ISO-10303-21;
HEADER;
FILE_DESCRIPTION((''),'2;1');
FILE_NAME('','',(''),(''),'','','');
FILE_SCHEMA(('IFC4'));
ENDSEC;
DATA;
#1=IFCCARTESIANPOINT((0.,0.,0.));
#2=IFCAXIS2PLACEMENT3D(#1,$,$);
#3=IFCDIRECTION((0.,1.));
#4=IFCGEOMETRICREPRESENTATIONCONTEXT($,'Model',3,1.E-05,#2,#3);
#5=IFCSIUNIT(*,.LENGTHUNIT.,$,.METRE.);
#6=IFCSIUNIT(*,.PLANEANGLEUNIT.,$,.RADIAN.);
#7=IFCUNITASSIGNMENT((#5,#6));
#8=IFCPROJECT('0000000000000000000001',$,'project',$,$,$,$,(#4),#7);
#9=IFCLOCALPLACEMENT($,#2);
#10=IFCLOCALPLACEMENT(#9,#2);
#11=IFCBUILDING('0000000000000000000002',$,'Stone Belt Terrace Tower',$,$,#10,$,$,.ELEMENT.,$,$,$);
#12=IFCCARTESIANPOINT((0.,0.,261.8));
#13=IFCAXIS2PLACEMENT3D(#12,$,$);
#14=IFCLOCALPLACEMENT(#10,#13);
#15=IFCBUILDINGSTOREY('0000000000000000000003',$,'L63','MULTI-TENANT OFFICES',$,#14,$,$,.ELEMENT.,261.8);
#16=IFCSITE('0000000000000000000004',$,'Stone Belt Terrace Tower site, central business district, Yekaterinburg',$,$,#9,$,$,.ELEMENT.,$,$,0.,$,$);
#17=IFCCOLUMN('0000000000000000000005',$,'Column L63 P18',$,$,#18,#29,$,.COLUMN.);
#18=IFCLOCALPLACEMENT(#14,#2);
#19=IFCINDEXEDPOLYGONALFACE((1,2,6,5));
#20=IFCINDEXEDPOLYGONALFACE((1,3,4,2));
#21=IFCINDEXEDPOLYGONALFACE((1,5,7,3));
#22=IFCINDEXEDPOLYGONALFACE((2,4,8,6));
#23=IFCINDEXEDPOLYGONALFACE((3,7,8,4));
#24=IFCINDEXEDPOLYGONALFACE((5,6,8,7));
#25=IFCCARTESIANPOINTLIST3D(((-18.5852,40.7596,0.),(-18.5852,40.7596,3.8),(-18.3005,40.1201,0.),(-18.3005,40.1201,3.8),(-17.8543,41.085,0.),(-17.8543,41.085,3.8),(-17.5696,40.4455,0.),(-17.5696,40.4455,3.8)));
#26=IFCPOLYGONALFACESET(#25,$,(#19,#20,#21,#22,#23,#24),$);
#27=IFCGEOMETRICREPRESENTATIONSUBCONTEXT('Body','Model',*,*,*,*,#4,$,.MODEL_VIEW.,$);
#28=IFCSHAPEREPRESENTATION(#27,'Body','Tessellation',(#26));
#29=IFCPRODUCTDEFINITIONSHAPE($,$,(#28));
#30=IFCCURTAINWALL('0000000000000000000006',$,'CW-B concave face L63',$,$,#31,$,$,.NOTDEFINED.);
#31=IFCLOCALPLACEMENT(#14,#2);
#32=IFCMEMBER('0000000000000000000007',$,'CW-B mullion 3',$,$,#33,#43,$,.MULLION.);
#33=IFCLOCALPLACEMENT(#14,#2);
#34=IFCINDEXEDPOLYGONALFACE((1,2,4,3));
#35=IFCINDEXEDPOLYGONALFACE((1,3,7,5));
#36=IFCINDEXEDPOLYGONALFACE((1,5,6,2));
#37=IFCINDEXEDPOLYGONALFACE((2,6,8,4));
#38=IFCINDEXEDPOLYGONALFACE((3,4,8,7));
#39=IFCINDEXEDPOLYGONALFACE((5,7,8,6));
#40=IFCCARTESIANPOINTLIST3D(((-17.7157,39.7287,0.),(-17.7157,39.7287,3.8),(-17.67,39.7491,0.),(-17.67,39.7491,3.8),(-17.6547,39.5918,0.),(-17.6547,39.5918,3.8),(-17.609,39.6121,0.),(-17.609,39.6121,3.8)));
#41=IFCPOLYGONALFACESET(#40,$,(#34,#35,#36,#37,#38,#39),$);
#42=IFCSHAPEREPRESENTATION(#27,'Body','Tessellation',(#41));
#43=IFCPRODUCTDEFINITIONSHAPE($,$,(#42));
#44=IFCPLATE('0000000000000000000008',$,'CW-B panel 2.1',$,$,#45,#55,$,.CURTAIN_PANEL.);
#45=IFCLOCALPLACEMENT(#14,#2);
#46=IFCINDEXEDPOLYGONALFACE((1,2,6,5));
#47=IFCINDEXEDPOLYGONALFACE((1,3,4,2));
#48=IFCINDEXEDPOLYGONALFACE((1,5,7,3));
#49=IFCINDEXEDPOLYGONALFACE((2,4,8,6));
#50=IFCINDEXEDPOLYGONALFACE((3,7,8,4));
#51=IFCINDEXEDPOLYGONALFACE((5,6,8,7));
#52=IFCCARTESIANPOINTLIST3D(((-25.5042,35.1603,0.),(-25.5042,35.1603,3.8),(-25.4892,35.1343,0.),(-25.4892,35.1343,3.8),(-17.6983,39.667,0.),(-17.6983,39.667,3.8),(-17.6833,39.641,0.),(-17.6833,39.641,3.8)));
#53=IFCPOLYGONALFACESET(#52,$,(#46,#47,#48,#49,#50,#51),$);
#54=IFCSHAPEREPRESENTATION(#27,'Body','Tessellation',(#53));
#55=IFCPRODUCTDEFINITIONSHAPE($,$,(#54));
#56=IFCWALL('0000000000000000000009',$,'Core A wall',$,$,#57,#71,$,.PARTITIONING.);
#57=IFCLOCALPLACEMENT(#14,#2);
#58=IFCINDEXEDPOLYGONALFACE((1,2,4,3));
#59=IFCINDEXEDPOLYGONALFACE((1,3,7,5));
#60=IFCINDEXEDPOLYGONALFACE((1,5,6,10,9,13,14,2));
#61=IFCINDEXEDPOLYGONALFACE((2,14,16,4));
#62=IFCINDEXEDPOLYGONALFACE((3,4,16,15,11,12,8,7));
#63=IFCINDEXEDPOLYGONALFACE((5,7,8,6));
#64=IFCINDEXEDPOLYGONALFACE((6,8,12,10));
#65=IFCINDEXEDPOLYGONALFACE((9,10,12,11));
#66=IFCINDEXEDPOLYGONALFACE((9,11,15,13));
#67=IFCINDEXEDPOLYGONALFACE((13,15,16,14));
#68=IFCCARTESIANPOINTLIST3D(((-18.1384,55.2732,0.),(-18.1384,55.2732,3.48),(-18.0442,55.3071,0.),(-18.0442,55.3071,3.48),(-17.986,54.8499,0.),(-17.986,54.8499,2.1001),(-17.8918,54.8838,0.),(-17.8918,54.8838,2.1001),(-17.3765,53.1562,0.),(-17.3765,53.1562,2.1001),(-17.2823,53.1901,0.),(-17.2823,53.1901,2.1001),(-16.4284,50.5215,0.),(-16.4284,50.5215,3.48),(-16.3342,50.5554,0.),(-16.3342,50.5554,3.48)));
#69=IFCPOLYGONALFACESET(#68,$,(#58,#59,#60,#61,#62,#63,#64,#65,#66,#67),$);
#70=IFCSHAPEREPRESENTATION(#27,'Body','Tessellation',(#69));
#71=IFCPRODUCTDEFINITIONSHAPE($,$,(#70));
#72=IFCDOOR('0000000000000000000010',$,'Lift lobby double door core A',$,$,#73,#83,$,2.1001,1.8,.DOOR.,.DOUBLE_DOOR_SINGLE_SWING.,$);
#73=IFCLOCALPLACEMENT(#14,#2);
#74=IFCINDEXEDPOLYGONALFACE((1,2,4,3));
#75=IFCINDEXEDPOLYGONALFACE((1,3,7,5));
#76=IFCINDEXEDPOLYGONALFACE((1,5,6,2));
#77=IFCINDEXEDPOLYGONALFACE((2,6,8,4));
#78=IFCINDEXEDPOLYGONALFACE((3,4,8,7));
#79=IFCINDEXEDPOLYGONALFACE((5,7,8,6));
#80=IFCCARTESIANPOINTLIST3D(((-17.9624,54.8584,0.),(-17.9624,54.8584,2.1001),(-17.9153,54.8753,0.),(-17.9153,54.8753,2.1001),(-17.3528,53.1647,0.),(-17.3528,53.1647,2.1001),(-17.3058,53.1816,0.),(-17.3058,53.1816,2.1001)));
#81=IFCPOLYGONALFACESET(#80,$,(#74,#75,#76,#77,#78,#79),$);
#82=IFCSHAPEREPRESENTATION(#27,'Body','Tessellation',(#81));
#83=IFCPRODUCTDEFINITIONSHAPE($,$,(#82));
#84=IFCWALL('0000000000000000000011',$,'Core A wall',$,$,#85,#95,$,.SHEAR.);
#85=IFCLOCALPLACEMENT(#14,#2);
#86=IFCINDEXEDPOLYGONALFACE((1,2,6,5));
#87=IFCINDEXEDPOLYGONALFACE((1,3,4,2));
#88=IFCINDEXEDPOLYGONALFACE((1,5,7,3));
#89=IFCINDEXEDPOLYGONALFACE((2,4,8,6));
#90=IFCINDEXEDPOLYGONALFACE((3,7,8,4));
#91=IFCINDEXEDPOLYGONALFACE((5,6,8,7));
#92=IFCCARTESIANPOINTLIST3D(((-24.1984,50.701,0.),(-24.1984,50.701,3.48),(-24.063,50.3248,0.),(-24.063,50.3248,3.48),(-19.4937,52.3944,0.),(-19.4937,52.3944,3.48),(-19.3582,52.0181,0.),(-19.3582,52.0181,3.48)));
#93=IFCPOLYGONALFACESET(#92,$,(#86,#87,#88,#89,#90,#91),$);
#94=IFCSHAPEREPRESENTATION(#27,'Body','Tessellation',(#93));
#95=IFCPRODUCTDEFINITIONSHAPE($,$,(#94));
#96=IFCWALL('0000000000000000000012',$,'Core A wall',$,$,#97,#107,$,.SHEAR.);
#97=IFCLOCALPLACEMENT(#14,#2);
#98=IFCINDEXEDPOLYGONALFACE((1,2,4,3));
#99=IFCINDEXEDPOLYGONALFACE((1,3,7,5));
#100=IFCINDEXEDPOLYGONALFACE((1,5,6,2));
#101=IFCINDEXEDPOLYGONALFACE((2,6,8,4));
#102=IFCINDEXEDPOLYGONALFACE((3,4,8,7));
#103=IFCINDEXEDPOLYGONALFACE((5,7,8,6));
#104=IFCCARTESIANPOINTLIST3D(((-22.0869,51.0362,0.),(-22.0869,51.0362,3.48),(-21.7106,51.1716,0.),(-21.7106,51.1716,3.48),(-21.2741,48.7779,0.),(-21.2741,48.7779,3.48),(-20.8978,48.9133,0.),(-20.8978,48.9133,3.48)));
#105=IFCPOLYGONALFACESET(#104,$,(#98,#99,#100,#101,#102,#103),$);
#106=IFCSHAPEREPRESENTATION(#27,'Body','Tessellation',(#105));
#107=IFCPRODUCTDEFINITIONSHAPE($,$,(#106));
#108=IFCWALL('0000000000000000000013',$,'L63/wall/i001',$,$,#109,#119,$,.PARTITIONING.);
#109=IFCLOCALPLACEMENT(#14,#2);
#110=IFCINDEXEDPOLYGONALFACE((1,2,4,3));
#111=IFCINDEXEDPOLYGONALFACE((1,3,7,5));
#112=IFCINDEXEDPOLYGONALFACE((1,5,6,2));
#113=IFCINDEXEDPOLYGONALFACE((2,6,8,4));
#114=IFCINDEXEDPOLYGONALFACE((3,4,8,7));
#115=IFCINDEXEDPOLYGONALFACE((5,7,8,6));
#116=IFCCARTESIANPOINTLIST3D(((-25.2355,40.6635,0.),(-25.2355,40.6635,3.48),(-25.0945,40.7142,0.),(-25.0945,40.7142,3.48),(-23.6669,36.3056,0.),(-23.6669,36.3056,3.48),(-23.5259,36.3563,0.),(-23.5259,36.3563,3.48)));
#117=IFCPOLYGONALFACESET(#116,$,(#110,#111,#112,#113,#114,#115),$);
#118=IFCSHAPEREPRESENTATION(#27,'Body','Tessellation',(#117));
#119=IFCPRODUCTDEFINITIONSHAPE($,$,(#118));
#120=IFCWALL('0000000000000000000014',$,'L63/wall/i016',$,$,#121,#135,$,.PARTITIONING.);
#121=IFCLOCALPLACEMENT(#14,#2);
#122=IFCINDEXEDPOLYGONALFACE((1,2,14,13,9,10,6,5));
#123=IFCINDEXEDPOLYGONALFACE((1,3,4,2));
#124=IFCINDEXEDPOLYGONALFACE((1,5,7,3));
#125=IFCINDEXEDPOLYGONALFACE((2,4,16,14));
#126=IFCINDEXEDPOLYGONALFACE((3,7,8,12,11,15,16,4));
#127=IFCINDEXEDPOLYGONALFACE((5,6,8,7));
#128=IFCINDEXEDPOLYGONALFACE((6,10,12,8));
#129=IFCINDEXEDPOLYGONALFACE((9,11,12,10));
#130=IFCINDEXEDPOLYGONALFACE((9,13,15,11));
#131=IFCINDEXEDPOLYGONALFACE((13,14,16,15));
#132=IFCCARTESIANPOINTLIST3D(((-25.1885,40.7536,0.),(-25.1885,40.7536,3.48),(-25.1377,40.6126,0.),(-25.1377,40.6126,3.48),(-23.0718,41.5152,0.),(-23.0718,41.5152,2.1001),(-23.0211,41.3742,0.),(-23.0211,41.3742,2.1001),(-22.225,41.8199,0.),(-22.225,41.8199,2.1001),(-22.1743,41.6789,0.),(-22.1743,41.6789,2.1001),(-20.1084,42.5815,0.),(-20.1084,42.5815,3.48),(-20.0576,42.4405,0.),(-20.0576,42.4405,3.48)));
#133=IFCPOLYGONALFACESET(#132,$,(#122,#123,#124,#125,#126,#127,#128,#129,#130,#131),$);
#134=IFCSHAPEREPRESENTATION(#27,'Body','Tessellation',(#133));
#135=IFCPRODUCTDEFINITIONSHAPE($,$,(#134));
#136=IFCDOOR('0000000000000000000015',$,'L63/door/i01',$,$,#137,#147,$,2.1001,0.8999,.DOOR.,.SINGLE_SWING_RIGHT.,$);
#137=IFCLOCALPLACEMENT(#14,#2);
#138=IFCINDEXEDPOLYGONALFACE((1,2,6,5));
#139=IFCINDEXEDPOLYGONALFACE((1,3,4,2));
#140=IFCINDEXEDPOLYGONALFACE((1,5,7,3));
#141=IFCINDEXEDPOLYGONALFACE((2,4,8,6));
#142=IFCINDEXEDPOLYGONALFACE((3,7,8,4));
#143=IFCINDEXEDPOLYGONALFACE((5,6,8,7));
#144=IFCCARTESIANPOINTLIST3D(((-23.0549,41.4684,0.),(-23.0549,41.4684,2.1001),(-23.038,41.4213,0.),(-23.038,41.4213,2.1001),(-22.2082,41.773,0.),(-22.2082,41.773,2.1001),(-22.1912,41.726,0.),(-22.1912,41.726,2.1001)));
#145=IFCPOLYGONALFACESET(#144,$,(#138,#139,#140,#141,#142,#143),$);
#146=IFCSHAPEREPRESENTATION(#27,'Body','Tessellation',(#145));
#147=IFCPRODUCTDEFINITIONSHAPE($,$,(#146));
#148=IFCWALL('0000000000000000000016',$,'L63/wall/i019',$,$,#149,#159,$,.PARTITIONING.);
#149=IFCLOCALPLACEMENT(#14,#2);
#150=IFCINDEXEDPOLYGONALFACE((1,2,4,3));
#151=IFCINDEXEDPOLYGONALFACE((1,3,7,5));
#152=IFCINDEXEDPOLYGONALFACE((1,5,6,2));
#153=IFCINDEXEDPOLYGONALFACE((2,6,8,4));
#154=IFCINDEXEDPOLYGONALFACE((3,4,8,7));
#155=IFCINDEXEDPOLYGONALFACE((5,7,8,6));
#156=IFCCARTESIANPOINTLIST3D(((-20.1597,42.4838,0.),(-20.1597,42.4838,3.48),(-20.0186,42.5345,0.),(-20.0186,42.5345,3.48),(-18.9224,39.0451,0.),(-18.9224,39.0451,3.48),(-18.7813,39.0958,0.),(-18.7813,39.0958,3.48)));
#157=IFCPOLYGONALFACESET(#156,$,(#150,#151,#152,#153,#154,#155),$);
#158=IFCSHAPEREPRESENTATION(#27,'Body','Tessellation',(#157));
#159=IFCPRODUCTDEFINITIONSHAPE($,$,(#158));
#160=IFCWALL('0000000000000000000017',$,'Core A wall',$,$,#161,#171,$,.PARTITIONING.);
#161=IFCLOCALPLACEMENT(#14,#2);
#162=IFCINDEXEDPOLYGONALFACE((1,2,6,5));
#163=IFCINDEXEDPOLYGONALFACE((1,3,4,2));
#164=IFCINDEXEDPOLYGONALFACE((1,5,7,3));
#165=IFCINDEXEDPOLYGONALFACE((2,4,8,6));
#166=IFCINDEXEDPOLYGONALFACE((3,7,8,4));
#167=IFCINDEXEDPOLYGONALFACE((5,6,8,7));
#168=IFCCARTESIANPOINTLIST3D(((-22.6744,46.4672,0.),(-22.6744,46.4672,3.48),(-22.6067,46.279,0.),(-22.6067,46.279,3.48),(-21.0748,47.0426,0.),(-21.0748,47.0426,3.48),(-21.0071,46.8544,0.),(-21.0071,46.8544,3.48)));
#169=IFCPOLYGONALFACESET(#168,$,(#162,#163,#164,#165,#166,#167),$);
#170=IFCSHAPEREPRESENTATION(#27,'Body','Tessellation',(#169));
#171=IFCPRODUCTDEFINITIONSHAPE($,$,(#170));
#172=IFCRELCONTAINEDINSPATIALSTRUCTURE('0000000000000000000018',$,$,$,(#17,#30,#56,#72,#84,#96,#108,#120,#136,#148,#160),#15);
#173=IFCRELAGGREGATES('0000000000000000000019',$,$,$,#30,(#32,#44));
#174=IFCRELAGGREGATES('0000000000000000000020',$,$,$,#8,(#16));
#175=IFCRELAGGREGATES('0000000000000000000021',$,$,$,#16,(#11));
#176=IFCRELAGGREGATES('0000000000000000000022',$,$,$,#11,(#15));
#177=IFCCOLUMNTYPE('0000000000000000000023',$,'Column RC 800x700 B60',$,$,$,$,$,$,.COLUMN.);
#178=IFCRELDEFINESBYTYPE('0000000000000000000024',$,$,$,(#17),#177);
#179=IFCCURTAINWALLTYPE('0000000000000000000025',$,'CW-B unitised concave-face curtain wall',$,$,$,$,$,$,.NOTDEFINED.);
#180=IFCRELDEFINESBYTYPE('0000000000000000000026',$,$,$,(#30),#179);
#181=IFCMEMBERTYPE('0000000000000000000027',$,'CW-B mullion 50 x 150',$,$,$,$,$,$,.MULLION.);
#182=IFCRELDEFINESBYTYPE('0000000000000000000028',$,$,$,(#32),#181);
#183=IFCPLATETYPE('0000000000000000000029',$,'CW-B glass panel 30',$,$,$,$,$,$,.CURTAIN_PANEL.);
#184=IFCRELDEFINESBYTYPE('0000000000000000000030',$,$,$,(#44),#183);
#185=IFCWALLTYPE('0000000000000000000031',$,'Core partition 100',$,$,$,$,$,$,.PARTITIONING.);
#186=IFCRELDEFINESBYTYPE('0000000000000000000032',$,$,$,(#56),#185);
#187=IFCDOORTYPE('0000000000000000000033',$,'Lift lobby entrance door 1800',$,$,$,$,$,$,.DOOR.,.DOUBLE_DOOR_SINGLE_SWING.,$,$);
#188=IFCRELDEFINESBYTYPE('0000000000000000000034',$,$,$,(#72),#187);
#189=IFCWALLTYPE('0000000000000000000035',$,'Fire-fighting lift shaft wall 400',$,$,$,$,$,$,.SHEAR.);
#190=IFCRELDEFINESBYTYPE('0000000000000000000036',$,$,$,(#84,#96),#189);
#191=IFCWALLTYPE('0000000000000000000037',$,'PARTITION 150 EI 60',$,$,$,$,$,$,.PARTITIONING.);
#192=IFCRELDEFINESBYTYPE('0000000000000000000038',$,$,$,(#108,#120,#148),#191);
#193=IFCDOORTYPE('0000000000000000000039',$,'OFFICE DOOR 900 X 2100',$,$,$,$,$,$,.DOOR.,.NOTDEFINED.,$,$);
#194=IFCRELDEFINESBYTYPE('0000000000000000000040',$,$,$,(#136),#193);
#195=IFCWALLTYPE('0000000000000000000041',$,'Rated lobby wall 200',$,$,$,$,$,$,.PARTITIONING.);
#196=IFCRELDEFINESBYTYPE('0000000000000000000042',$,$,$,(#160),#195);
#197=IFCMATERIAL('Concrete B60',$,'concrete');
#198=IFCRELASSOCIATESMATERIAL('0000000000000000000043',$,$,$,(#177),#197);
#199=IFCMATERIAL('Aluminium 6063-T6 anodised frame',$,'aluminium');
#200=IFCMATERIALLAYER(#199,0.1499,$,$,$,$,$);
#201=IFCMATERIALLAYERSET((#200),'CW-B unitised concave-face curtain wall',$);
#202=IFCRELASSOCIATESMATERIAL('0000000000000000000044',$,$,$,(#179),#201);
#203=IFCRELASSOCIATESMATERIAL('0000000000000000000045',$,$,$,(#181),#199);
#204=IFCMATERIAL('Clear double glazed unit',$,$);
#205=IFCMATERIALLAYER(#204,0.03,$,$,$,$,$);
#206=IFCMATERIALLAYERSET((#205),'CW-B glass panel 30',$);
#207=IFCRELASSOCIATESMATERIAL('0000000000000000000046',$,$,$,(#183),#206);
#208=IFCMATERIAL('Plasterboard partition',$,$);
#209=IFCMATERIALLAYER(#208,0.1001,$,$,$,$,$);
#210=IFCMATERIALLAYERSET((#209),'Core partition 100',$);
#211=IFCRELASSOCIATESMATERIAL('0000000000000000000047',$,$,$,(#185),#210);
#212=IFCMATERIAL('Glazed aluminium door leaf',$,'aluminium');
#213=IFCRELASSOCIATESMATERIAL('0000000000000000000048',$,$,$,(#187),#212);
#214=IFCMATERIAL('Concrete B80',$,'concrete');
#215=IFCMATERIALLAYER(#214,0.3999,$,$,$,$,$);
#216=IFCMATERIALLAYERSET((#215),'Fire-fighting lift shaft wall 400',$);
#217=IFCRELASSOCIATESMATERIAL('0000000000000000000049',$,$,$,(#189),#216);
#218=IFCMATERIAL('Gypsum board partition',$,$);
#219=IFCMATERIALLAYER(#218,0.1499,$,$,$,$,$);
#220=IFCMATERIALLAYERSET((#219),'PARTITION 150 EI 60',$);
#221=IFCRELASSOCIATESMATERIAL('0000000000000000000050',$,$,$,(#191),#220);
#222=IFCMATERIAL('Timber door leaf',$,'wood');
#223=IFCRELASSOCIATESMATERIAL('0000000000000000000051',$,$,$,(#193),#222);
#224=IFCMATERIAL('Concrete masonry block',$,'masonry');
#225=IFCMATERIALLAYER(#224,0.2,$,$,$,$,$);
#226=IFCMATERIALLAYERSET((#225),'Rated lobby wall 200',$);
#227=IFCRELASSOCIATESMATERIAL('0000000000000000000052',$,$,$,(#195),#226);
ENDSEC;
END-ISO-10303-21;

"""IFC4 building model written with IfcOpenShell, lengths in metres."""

from ifc_helpers import new_model, si_unit, direction, frame, frame_2d, origin, origin_2d, place, context, subcontext, project, spatial, rectangle, extrude, material, layer, layer_set, material_profile, profile_set, type_object, element, fill, aggregate, save


model = new_model("IFC4")

# Units and contexts
model_context = context("Model", 3, precision=1e-05, world=origin(), true_north=direction((0.0, 1.0)))
body_context = subcontext(model_context, "Body", "Model", "MODEL_VIEW")
ifc_project = project(units=[si_unit("LENGTHUNIT", "METRE"), si_unit("PLANEANGLEUNIT", "RADIAN")], contexts=[model_context])

# Site, building, storey
site_placement = place(None, origin())
site = spatial("IfcSite", under=ifc_project, at=site_placement, Name="Stone Belt Terrace Tower site, central business district, Yekaterinburg", CompositionType="ELEMENT", RefElevation=0.0)
building_placement = place(site_placement, origin())
building = spatial("IfcBuilding", under=site, at=building_placement, Name="Stone Belt Terrace Tower", CompositionType="ELEMENT")
storey_placement = place(building_placement, frame((0.0, 0.0, 261.8)))
storey = spatial("IfcBuildingStorey", under=building, at=storey_placement, Name="L63", Description="MULTI-TENANT OFFICES", CompositionType="ELEMENT", Elevation=261.8)

# Column
ifc_material_1 = material(Name="Concrete B60", Category="concrete")
ifc_material_profile_1 = material_profile(ifc_material_1, rectangle(XDim=0.8, YDim=0.7, at=origin_2d()), Name="RC 800x700")
ifc_profile_set_1 = profile_set([ifc_material_profile_1], Name="Concrete B60")
column_type = type_object("IfcColumnType", Name="Column RC 800x700 B60", PredefinedType="COLUMN", material=ifc_profile_set_1)
column_placement = place(storey_placement, frame((-18.0774, 40.6025, 0.0), z_axis=(0.0, 0.0, 1.0), x_axis=(0.913545, 0.406737, 0.0)))
element("IfcColumn", 1, at=column_placement, inside=storey, type_object=column_type, Name="Column L63 P18", PredefinedType="COLUMN", context=body_context, shape_type="SweptSolid", body=[
    extrude(rectangle(XDim=0.8, YDim=0.7, at=origin_2d()), origin(), (0.0, 0.0, 1.0), 3.8),
])

# Curtain wall, member, plate
ifc_material_2 = material(Name="Aluminium 6063-T6 anodised frame", Category="aluminium")
ifc_layer_1 = layer(ifc_material_2, 0.1499)
ifc_layer_set_1 = layer_set([ifc_layer_1], Name="CW-B unitised concave-face curtain wall")
curtain_wall_type = type_object("IfcCurtainWallType", Name="CW-B unitised concave-face curtain wall", PredefinedType="NOTDEFINED", material=ifc_layer_set_1)
curtain_wall_placement = place(storey_placement, origin())
curtain_wall = element("IfcCurtainWall", 2, at=curtain_wall_placement, inside=storey, type_object=curtain_wall_type, Name="CW-B concave face L63", PredefinedType="NOTDEFINED")
ifc_material_profile_2 = material_profile(ifc_material_2, rectangle(XDim=0.1499, YDim=0.05, at=origin_2d()), Name="Aluminium 6063-T6 50x150")
ifc_profile_set_2 = profile_set([ifc_material_profile_2], Name="Aluminium 6063-T6 anodised frame")
member_type = type_object("IfcMemberType", Name="CW-B mullion 50 x 150", PredefinedType="MULLION", material=ifc_profile_set_2)
member_placement = place(storey_placement, frame((-17.6624, 39.6704, 0.0), z_axis=(0.0, 0.0, 1.0), x_axis=(-0.406737, 0.913545, 0.0)))
member = element("IfcMember", 3, at=member_placement, type_object=member_type, Name="CW-B mullion 3", PredefinedType="MULLION", context=body_context, shape_type="SweptSolid", body=[
    extrude(rectangle(XDim=0.1499, YDim=0.05, at=origin_2d()), origin(), (0.0, 0.0, 1.0), 3.8),
])
ifc_material_3 = material(Name="Clear double glazed unit")
ifc_layer_2 = layer(ifc_material_3, 0.03)
ifc_layer_set_2 = layer_set([ifc_layer_2], Name="CW-B glass panel 30")
plate_type = type_object("IfcPlateType", Name="CW-B glass panel 30", PredefinedType="CURTAIN_PANEL", material=ifc_layer_set_2)
plate_placement = place(storey_placement, frame((-21.5938, 37.4006, 0.0), z_axis=(0.0, 0.0, 1.0), x_axis=(0.866025, 0.5, 0.0)))
plate = element("IfcPlate", 4, at=plate_placement, type_object=plate_type, Name="CW-B panel 2.1", PredefinedType="CURTAIN_PANEL", context=body_context, shape_type="SweptSolid", body=[
    extrude(rectangle(XDim=9.0134, YDim=0.03, at=origin_2d()), origin(), (0.0, 0.0, 1.0), 3.8),
])
aggregate(curtain_wall, [member, plate])

# Wall, opening, door
ifc_material_4 = material(Name="Plasterboard partition")
ifc_layer_3 = layer(ifc_material_4, 0.1001)
ifc_layer_set_3 = layer_set([ifc_layer_3], Name="Core partition 100")
wall_type_1 = type_object("IfcWallType", Name="Core partition 100", PredefinedType="PARTITIONING", material=ifc_layer_set_3)
wall_1_placement = place(storey_placement, frame((-16.3813, 50.5386, 0.0), z_axis=(0.0, 0.0, 1.0), x_axis=(-0.338605, 0.940929, 0.0)))
wall_1 = element("IfcWall", 5, at=wall_1_placement, inside=storey, type_object=wall_type_1, Name="Core A wall", PredefinedType="PARTITIONING", context=body_context, shape_type="SweptSolid", body=[
    extrude(rectangle(XDim=5.05, YDim=0.1001, at=frame_2d((2.5249, 0.0))), origin(), (0.0, 0.0, 1.0), 3.48),
])
opening_1_placement = place(wall_1_placement, frame((2.8, 0.0, 0.0)))
opening_1 = element("IfcOpeningElement", 6, at=opening_1_placement, cuts=wall_1, PredefinedType="OPENING", context=body_context, shape_type="SweptSolid", body=[
    extrude(rectangle(XDim=1.8, YDim=2.1001, at=frame_2d((0.8999, 1.05))), frame((0.0, 0.0601, 0.0), z_axis=(0.0, -1.0, 0.0), x_axis=(1.0, 0.0, 0.0)), (0.0, 0.0, 1.0), 0.1201),
])
ifc_material_5 = material(Name="Glazed aluminium door leaf", Category="aluminium")
door_type_1 = type_object("IfcDoorType", Name="Lift lobby entrance door 1800", OperationType="DOUBLE_DOOR_SINGLE_SWING", PredefinedType="DOOR", material=ifc_material_5)
door_1_placement = place(opening_1_placement, origin())
door_1 = element("IfcDoor", 7, at=door_1_placement, inside=storey, type_object=door_type_1, Name="Lift lobby double door core A", OperationType="DOUBLE_DOOR_SINGLE_SWING", OverallHeight=2.1001, OverallWidth=1.8, PredefinedType="DOOR", context=body_context, shape_type="SweptSolid", body=[
    extrude(rectangle(XDim=1.8, YDim=2.1001, at=frame_2d((0.8999, 1.05))), frame((0.0, 0.0249, 0.0), z_axis=(0.0, -1.0, 0.0), x_axis=(1.0, 0.0, 0.0)), (0.0, 0.0, 1.0), 0.05),
])
fill(opening_1, door_1)

# Walls
ifc_material_6 = material(Name="Concrete B80", Category="concrete")
ifc_layer_4 = layer(ifc_material_6, 0.3999)
ifc_layer_set_4 = layer_set([ifc_layer_4], Name="Fire-fighting lift shaft wall 400")
wall_type_2 = type_object("IfcWallType", Name="Fire-fighting lift shaft wall 400", PredefinedType="SHEAR", material=ifc_layer_set_4)
wall_2_placement = place(storey_placement, frame((-24.1306, 50.5129, 0.0), z_axis=(0.0, 0.0, 1.0), x_axis=(0.940912, 0.338652, 0.0)))
element("IfcWall", 8, at=wall_2_placement, inside=storey, type_object=wall_type_2, Name="Core A wall", PredefinedType="SHEAR", context=body_context, shape_type="SweptSolid", body=[
    extrude(rectangle(XDim=5.0002, YDim=0.3999, at=frame_2d((2.5, 0.0))), origin(), (0.0, 0.0, 1.0), 3.48),
])
wall_3_placement = place(storey_placement, frame((-21.0859, 48.8455, 0.0), z_axis=(0.0, 0.0, 1.0), x_axis=(-0.338629, 0.94092, 0.0)))
element("IfcWall", 9, at=wall_3_placement, inside=storey, type_object=wall_type_2, Name="Core A wall", PredefinedType="SHEAR", context=body_context, shape_type="SweptSolid", body=[
    extrude(rectangle(XDim=2.4001, YDim=0.3999, at=frame_2d((1.2002, 0.0))), origin(), (0.0, 0.0, 1.0), 3.48),
])
ifc_material_7 = material(Name="Gypsum board partition")
ifc_layer_5 = layer(ifc_material_7, 0.1499)
ifc_layer_set_5 = layer_set([ifc_layer_5], Name="PARTITION 150 EI 60")
wall_type_3 = type_object("IfcWallType", Name="PARTITION 150 EI 60", PredefinedType="PARTITIONING", material=ifc_layer_set_5)
wall_4_placement = place(storey_placement, frame((-25.165, 40.689, 0.0), z_axis=(0.0, 0.0, 1.0), x_axis=(0.338673, -0.940904, 0.0)))
element("IfcWall", 10, at=wall_4_placement, inside=storey, type_object=wall_type_3, Name="L63/wall/i001", PredefinedType="PARTITIONING", context=body_context, shape_type="SweptSolid", body=[
    extrude(rectangle(XDim=4.6316, YDim=0.1499, at=frame_2d((2.3159, 0.0))), origin(), (0.0, 0.0, 1.0), 3.48),
])

# Wall, opening, door
wall_5_placement = place(storey_placement, frame((-20.083, 42.511, 0.0), z_axis=(0.0, 0.0, 1.0), x_axis=(-0.940943, -0.338564, 0.0)))
wall_5 = element("IfcWall", 11, at=wall_5_placement, inside=storey, type_object=wall_type_3, Name="L63/wall/i016", PredefinedType="PARTITIONING", context=body_context, shape_type="SweptSolid", body=[
    extrude(rectangle(XDim=5.3989, YDim=0.1499, at=frame_2d((2.6995, 0.0))), origin(), (0.0, 0.0, 1.0), 3.48),
])
opening_2_placement = place(wall_5_placement, frame((2.2495, 0.0, 0.0)))
opening_2 = element("IfcOpeningElement", 12, at=opening_2_placement, cuts=wall_5, PredefinedType="OPENING", context=body_context, shape_type="SweptSolid", body=[
    extrude(rectangle(XDim=0.8999, YDim=2.1001, at=frame_2d((0.45, 1.05))), frame((0.0, 0.085, 0.0), z_axis=(0.0, -1.0, 0.0), x_axis=(1.0, 0.0, 0.0)), (0.0, 0.0, 1.0), 0.1699),
])
ifc_material_8 = material(Name="Timber door leaf", Category="wood")
door_type_2 = type_object("IfcDoorType", Name="OFFICE DOOR 900 X 2100", OperationType="NOTDEFINED", PredefinedType="DOOR", material=ifc_material_8)
door_2_placement = place(opening_2_placement, origin())
door_2 = element("IfcDoor", 13, at=door_2_placement, inside=storey, type_object=door_type_2, Name="L63/door/i01", OperationType="SINGLE_SWING_RIGHT", OverallHeight=2.1001, OverallWidth=0.8999, PredefinedType="DOOR", context=body_context, shape_type="SweptSolid", body=[
    extrude(rectangle(XDim=0.8999, YDim=2.1001, at=frame_2d((0.45, 1.05))), frame((0.0, 0.0249, 0.0), z_axis=(0.0, -1.0, 0.0), x_axis=(1.0, 0.0, 0.0)), (0.0, 0.0, 1.0), 0.05),
])
fill(opening_2, door_2)

# Walls
wall_6_placement = place(storey_placement, frame((-20.0891, 42.509, 0.0), z_axis=(0.0, 0.0, 1.0), x_axis=(0.338566, -0.940943, 0.0)))
element("IfcWall", 14, at=wall_6_placement, inside=storey, type_object=wall_type_3, Name="L63/wall/i019", PredefinedType="PARTITIONING", context=body_context, shape_type="SweptSolid", body=[
    extrude(rectangle(XDim=3.6545, YDim=0.1499, at=frame_2d((1.8271, 0.0))), origin(), (0.0, 0.0, 1.0), 3.48),
])
ifc_material_9 = material(Name="Concrete masonry block", Category="masonry")
ifc_layer_6 = layer(ifc_material_9, 0.2)
ifc_layer_set_6 = layer_set([ifc_layer_6], Name="Rated lobby wall 200")
wall_type_4 = type_object("IfcWallType", Name="Rated lobby wall 200", PredefinedType="PARTITIONING", material=ifc_layer_set_6)
wall_7_placement = place(storey_placement, frame((-22.6406, 46.373, 0.0), z_axis=(0.0, 0.0, 1.0), x_axis=(0.940966, 0.338501, 0.0)))
element("IfcWall", 15, at=wall_7_placement, inside=storey, type_object=wall_type_4, Name="Core A wall", PredefinedType="PARTITIONING", context=body_context, shape_type="SweptSolid", body=[
    extrude(rectangle(XDim=1.7, YDim=0.2, at=frame_2d((0.8501, 0.0))), origin(), (0.0, 0.0, 1.0), 3.48),
])

save(model, "model.ifc")
